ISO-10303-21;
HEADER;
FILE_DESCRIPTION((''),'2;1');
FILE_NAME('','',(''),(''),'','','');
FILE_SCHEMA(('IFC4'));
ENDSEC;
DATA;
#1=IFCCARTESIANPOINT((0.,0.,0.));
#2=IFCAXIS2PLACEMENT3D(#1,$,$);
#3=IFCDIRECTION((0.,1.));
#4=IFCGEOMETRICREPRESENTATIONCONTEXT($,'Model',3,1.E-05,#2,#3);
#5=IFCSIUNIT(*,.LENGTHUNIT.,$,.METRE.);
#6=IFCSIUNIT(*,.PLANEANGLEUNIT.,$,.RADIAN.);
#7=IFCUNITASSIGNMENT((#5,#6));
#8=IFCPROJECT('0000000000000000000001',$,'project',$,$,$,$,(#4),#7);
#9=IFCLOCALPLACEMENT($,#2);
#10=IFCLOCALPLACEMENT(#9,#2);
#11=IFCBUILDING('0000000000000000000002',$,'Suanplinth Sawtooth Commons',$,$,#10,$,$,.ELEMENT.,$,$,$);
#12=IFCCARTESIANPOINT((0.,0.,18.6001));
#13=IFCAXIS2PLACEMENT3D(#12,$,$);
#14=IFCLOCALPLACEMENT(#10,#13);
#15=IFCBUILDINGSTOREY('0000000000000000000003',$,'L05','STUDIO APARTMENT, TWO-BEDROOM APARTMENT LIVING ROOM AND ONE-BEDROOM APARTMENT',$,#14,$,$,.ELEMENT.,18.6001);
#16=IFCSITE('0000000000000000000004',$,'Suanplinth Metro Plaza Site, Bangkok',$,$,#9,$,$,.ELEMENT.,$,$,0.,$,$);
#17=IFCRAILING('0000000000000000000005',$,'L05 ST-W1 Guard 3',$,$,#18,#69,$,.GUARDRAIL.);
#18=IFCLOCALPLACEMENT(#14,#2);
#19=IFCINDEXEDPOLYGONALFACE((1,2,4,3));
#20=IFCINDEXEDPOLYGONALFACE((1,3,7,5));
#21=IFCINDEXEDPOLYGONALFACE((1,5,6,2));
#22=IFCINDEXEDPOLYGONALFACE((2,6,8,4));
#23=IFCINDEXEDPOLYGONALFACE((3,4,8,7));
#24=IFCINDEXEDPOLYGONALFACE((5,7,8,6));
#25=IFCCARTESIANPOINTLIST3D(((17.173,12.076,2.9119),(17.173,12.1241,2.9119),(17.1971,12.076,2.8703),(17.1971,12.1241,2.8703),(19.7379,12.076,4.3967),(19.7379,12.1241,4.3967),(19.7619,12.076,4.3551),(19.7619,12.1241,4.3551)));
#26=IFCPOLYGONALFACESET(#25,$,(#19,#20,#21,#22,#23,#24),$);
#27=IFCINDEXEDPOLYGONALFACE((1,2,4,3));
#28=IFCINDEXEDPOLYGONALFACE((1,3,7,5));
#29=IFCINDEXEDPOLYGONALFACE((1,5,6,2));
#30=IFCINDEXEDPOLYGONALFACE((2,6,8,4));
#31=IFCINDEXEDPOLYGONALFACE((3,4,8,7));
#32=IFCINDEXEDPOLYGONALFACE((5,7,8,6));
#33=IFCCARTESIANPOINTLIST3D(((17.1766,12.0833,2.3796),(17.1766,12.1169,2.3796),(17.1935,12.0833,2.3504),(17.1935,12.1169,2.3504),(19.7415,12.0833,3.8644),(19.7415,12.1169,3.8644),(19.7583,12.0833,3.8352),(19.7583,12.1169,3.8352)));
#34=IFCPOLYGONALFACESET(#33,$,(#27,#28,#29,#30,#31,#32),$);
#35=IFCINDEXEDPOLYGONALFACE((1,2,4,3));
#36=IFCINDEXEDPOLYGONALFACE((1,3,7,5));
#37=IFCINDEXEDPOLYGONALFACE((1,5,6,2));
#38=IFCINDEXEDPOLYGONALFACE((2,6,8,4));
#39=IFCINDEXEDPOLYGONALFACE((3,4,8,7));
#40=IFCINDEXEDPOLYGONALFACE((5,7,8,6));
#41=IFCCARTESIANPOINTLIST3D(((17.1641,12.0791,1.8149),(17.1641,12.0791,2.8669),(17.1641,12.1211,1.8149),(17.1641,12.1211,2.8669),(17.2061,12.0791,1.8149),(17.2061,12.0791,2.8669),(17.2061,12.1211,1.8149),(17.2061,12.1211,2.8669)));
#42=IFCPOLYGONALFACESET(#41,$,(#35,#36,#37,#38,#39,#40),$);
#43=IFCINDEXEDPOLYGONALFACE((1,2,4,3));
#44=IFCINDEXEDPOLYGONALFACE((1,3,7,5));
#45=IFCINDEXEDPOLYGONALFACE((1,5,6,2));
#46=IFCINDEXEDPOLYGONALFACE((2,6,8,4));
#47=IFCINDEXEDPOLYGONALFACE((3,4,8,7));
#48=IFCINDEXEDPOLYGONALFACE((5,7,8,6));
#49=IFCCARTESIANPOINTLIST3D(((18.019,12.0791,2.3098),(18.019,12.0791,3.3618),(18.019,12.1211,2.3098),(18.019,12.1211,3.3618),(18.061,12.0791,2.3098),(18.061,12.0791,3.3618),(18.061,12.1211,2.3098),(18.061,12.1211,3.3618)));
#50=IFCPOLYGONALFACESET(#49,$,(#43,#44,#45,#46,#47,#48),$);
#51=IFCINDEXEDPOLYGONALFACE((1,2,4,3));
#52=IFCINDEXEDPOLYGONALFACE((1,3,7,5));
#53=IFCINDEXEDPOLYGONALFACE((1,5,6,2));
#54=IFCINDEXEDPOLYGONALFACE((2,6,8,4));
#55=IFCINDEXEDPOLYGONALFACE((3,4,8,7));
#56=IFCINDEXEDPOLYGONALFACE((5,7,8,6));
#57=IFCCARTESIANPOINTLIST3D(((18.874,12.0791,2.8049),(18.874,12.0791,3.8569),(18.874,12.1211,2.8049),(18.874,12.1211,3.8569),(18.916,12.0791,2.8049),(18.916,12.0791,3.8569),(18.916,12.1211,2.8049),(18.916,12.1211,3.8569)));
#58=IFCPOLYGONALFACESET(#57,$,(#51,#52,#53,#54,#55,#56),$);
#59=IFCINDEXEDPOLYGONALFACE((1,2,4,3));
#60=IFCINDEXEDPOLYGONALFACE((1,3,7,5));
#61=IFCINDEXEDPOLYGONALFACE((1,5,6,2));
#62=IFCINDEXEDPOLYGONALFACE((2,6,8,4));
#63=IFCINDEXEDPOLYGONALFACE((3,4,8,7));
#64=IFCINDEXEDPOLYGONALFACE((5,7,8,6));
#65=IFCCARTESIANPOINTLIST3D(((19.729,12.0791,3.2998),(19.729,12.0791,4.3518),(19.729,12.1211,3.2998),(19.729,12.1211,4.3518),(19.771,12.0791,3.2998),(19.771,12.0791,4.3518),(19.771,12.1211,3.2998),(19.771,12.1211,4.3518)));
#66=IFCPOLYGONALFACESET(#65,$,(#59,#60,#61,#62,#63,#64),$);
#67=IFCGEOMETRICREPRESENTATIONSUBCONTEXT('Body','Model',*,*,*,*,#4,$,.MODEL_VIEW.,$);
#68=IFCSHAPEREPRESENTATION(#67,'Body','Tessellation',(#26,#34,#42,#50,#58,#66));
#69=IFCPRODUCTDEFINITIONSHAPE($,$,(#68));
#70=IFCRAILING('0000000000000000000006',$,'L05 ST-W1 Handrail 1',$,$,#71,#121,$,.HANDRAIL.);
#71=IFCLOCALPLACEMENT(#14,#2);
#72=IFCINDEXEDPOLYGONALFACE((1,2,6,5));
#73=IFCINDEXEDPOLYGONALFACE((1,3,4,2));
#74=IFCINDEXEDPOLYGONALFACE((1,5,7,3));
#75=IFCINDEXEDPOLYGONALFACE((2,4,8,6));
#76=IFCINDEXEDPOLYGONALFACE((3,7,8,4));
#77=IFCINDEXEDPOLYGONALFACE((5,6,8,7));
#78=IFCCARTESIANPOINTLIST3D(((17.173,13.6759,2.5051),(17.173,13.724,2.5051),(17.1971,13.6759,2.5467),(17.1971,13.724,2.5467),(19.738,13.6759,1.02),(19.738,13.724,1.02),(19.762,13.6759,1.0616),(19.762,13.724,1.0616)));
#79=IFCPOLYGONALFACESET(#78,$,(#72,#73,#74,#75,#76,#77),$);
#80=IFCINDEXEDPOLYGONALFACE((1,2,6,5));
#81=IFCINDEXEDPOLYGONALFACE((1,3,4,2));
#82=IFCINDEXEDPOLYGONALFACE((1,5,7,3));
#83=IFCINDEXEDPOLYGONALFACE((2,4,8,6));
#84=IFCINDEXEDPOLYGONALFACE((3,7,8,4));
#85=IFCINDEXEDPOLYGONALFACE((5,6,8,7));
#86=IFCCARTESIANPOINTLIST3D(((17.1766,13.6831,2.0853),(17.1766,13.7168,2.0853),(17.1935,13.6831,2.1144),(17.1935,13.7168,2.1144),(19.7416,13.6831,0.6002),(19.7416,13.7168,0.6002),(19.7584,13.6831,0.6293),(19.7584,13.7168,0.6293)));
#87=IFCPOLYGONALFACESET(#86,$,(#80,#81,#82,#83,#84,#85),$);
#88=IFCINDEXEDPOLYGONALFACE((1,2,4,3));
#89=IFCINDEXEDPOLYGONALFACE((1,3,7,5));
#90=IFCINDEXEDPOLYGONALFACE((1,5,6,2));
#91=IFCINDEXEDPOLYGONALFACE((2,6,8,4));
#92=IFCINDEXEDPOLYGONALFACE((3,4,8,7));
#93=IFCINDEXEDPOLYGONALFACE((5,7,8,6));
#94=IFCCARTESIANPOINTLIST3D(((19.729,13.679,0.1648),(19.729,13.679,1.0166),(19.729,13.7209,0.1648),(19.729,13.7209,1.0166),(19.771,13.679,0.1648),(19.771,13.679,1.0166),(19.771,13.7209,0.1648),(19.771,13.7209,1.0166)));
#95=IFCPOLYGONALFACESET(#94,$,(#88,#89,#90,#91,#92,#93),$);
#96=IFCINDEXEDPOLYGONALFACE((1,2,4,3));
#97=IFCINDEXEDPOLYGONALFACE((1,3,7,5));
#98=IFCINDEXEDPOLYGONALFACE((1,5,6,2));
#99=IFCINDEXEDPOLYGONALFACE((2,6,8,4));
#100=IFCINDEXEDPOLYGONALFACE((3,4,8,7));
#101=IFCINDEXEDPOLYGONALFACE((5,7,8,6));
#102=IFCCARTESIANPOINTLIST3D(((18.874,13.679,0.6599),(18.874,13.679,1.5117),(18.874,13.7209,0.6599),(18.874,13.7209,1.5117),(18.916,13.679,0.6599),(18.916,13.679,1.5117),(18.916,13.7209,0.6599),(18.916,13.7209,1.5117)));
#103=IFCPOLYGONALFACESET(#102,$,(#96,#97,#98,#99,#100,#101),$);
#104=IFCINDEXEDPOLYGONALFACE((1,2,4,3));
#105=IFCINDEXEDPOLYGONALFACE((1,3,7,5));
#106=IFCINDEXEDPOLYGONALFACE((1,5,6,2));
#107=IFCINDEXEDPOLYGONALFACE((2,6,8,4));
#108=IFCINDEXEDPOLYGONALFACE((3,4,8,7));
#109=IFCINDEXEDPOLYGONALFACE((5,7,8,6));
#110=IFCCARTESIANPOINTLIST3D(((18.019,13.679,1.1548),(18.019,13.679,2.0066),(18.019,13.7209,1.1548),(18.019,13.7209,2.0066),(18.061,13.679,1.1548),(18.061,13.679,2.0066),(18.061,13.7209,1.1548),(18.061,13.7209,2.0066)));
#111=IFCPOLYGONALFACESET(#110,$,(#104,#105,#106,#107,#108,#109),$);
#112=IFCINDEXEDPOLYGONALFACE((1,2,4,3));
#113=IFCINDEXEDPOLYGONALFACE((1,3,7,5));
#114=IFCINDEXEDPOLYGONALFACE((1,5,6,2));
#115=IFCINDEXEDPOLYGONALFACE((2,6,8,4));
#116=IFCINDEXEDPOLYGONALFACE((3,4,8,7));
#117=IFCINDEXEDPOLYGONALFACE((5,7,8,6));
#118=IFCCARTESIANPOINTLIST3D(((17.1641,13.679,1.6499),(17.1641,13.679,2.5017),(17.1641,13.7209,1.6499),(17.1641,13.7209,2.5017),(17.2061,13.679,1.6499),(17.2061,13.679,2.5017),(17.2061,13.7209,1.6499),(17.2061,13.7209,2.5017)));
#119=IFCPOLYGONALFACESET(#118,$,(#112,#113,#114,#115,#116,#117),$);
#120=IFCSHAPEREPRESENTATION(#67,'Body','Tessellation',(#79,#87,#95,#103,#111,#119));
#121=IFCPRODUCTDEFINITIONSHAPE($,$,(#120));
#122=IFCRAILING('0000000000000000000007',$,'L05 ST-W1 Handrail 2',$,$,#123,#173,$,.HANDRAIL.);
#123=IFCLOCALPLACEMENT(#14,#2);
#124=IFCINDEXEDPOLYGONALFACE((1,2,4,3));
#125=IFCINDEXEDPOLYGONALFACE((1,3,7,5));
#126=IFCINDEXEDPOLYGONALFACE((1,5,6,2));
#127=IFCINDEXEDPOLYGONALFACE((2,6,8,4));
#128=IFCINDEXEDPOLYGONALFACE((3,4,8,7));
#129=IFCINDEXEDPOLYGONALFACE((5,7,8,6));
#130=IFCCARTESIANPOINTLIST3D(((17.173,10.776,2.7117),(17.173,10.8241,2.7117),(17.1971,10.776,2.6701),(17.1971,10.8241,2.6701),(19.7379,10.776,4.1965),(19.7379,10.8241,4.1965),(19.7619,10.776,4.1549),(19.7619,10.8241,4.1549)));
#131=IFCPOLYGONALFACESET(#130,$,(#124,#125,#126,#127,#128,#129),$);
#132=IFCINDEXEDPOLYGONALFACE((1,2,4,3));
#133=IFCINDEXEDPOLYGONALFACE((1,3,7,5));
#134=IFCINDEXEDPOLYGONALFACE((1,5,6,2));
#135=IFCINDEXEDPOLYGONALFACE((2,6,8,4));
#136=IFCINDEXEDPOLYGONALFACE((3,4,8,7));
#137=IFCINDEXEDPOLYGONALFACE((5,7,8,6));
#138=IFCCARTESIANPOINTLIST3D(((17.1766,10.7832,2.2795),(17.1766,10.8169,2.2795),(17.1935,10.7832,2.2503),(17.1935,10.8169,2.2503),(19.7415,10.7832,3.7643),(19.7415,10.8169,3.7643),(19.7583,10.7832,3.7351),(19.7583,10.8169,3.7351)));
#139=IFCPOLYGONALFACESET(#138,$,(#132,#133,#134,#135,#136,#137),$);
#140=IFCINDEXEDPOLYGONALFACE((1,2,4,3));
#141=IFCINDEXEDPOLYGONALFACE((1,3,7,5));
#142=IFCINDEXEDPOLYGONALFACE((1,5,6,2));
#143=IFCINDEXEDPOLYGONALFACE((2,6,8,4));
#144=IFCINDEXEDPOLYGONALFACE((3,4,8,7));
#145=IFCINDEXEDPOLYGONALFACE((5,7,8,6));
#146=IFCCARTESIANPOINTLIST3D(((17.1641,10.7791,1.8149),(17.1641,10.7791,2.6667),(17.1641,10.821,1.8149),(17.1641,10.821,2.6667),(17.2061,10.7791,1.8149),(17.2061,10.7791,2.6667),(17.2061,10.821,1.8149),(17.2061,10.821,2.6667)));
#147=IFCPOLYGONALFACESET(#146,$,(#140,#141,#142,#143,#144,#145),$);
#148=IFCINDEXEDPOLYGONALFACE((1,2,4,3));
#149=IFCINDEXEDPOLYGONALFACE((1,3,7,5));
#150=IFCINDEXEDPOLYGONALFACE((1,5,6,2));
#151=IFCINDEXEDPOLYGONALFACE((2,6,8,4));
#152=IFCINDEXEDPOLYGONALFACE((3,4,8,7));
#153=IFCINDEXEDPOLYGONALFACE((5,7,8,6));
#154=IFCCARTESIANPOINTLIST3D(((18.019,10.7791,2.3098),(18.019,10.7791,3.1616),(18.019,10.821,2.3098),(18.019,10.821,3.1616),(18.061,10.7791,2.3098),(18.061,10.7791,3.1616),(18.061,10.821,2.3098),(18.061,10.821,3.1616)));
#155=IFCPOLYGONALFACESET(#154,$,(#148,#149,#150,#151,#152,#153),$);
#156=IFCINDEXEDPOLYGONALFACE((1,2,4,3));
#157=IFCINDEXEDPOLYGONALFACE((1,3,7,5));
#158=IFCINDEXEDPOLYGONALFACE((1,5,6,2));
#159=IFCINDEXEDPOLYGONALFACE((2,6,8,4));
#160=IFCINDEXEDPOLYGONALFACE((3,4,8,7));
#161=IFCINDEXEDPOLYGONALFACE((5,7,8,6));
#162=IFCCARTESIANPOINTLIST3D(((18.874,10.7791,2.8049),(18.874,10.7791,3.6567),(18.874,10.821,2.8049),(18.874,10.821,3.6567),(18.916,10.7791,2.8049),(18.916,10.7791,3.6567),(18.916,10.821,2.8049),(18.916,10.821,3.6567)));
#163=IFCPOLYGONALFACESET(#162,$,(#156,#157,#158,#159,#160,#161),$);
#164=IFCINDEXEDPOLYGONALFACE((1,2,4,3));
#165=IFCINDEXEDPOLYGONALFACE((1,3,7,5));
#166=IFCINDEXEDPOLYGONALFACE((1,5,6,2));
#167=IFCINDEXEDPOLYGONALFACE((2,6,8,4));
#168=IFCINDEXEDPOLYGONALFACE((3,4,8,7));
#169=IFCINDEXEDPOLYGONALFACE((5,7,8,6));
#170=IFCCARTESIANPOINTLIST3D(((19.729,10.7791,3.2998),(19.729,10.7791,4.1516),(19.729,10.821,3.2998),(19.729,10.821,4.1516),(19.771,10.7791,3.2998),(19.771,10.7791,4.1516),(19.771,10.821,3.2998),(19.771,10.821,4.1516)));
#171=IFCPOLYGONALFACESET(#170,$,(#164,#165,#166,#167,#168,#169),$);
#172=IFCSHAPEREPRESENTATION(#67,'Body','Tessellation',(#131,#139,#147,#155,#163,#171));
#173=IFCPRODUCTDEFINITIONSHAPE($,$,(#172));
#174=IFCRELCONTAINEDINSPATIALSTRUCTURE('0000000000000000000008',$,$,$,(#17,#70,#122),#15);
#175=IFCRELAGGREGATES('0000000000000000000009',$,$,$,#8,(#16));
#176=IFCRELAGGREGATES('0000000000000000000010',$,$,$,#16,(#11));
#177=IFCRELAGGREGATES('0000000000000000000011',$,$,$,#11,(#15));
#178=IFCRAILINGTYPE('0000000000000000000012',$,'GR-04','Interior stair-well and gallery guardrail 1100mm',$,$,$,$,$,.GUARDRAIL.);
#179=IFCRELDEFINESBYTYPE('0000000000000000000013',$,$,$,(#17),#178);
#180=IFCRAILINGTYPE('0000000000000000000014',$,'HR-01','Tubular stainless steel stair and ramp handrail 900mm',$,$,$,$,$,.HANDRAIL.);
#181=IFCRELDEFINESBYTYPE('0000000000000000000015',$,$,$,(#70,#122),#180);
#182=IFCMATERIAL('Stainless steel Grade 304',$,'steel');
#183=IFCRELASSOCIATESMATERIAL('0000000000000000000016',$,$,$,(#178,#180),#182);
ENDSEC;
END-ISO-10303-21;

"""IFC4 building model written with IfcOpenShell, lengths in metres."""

from ifc_helpers import new_model, si_unit, direction, frame, origin, origin_2d, place, context, subcontext, project, spatial, rectangle, extrude, material, type_object, element, save


model = new_model("IFC4")

# Units and contexts
model_context = context("Model", 3, precision=1e-05, world=origin(), true_north=direction((0.0, 1.0)))
body_context = subcontext(model_context, "Body", "Model", "MODEL_VIEW")
ifc_project = project(units=[si_unit("LENGTHUNIT", "METRE"), si_unit("PLANEANGLEUNIT", "RADIAN")], contexts=[model_context])

# Site, building, storey
site_placement = place(None, origin())
site = spatial("IfcSite", under=ifc_project, at=site_placement, Name="Suanplinth Metro Plaza Site, Bangkok", CompositionType="ELEMENT", RefElevation=0.0)
building_placement = place(site_placement, origin())
building = spatial("IfcBuilding", under=site, at=building_placement, Name="Suanplinth Sawtooth Commons", CompositionType="ELEMENT")
storey_placement = place(building_placement, frame((0.0, 0.0, 18.6001)))
storey = spatial("IfcBuildingStorey", under=building, at=storey_placement, Name="L05", Description="STUDIO APARTMENT, TWO-BEDROOM APARTMENT LIVING ROOM AND ONE-BEDROOM APARTMENT", CompositionType="ELEMENT", Elevation=18.6001)

# Railings
ifc_material_1 = material(Name="Stainless steel Grade 304", Category="steel")
railing_type_1 = type_object("IfcRailingType", Name="GR-04", Description="Interior stair-well and gallery guardrail 1100mm", PredefinedType="GUARDRAIL", material=ifc_material_1)
railing_1_placement = place(storey_placement, frame((17.1851, 12.1001, 1.8149)))
element("IfcRailing", 1, at=railing_1_placement, inside=storey, type_object=railing_type_1, Name="L05 ST-W1 Guard 3", PredefinedType="GUARDRAIL", context=body_context, shape_type="SweptSolid", body=[
    extrude(rectangle(XDim=0.0481, YDim=0.0481, at=origin_2d()), frame((0.0, 0.0, 1.0762), z_axis=(0.865441, 0.0, 0.50101), x_axis=(0.0, 1.0, 0.0)), (0.0, 0.0, 1.0), 2.9636),
    extrude(rectangle(XDim=0.0337, YDim=0.0337, at=origin_2d()), frame((0.0, 0.0, 0.55), z_axis=(0.865441, 0.0, 0.50101), x_axis=(0.0, 1.0, 0.0)), (0.0, 0.0, 1.0), 2.9636),
    extrude(rectangle(XDim=0.042, YDim=0.042, at=origin_2d()), origin(), (0.0, 0.0, 1.0), 1.052),
    extrude(rectangle(XDim=0.042, YDim=0.042, at=origin_2d()), frame((0.855, 0.0, 0.4949)), (0.0, 0.0, 1.0), 1.052),
    extrude(rectangle(XDim=0.042, YDim=0.042, at=origin_2d()), frame((1.71, 0.0, 0.99)), (0.0, 0.0, 1.0), 1.052),
    extrude(rectangle(XDim=0.042, YDim=0.042, at=origin_2d()), frame((2.5649, 0.0, 1.4849)), (0.0, 0.0, 1.0), 1.052),
])
railing_type_2 = type_object("IfcRailingType", Name="HR-01", Description="Tubular stainless steel stair and ramp handrail 900mm", PredefinedType="HANDRAIL", material=ifc_material_1)
railing_2_placement = place(storey_placement, frame((19.75, 13.7, 0.1648)))
element("IfcRailing", 2, at=railing_2_placement, inside=storey, type_object=railing_type_2, Name="L05 ST-W1 Handrail 1", PredefinedType="HANDRAIL", context=body_context, shape_type="SweptSolid", body=[
    extrude(rectangle(XDim=0.0481, YDim=0.0481, at=origin_2d()), frame((0.0, 0.0, 0.876), z_axis=(-0.865406, 0.0, 0.501072), x_axis=(0.0, -1.0, 0.0)), (0.0, 0.0, 1.0), 2.9639),
    extrude(rectangle(XDim=0.0337, YDim=0.0337, at=origin_2d()), frame((0.0, 0.0, 0.45), z_axis=(-0.865406, 0.0, 0.501072), x_axis=(0.0, -1.0, 0.0)), (0.0, 0.0, 1.0), 2.9639),
    extrude(rectangle(XDim=0.042, YDim=0.042, at=origin_2d()), origin(), (0.0, 0.0, 1.0), 0.8518),
    extrude(rectangle(XDim=0.042, YDim=0.042, at=origin_2d()), frame((-0.855, 0.0, 0.4951)), (0.0, 0.0, 1.0), 0.8518),
    extrude(rectangle(XDim=0.042, YDim=0.042, at=origin_2d()), frame((-1.71, 0.0, 0.99)), (0.0, 0.0, 1.0), 0.8518),
    extrude(rectangle(XDim=0.042, YDim=0.042, at=origin_2d()), frame((-2.5649, 0.0, 1.4851)), (0.0, 0.0, 1.0), 0.8518),
])
railing_3_placement = place(storey_placement, frame((17.1851, 10.8, 1.8149)))
element("IfcRailing", 3, at=railing_3_placement, inside=storey, type_object=railing_type_2, Name="L05 ST-W1 Handrail 2", PredefinedType="HANDRAIL", context=body_context, shape_type="SweptSolid", body=[
    extrude(rectangle(XDim=0.0481, YDim=0.0481, at=origin_2d()), frame((0.0, 0.0, 0.876), z_axis=(0.865441, 0.0, 0.50101), x_axis=(0.0, 1.0, 0.0)), (0.0, 0.0, 1.0), 2.9636),
    extrude(rectangle(XDim=0.0337, YDim=0.0337, at=origin_2d()), frame((0.0, 0.0, 0.45), z_axis=(0.865441, 0.0, 0.50101), x_axis=(0.0, 1.0, 0.0)), (0.0, 0.0, 1.0), 2.9636),
    extrude(rectangle(XDim=0.042, YDim=0.042, at=origin_2d()), origin(), (0.0, 0.0, 1.0), 0.8518),
    extrude(rectangle(XDim=0.042, YDim=0.042, at=origin_2d()), frame((0.855, 0.0, 0.4949)), (0.0, 0.0, 1.0), 0.8518),
    extrude(rectangle(XDim=0.042, YDim=0.042, at=origin_2d()), frame((1.71, 0.0, 0.99)), (0.0, 0.0, 1.0), 0.8518),
    extrude(rectangle(XDim=0.042, YDim=0.042, at=origin_2d()), frame((2.5649, 0.0, 1.4849)), (0.0, 0.0, 1.0), 0.8518),
])

save(model, "model.ifc")
